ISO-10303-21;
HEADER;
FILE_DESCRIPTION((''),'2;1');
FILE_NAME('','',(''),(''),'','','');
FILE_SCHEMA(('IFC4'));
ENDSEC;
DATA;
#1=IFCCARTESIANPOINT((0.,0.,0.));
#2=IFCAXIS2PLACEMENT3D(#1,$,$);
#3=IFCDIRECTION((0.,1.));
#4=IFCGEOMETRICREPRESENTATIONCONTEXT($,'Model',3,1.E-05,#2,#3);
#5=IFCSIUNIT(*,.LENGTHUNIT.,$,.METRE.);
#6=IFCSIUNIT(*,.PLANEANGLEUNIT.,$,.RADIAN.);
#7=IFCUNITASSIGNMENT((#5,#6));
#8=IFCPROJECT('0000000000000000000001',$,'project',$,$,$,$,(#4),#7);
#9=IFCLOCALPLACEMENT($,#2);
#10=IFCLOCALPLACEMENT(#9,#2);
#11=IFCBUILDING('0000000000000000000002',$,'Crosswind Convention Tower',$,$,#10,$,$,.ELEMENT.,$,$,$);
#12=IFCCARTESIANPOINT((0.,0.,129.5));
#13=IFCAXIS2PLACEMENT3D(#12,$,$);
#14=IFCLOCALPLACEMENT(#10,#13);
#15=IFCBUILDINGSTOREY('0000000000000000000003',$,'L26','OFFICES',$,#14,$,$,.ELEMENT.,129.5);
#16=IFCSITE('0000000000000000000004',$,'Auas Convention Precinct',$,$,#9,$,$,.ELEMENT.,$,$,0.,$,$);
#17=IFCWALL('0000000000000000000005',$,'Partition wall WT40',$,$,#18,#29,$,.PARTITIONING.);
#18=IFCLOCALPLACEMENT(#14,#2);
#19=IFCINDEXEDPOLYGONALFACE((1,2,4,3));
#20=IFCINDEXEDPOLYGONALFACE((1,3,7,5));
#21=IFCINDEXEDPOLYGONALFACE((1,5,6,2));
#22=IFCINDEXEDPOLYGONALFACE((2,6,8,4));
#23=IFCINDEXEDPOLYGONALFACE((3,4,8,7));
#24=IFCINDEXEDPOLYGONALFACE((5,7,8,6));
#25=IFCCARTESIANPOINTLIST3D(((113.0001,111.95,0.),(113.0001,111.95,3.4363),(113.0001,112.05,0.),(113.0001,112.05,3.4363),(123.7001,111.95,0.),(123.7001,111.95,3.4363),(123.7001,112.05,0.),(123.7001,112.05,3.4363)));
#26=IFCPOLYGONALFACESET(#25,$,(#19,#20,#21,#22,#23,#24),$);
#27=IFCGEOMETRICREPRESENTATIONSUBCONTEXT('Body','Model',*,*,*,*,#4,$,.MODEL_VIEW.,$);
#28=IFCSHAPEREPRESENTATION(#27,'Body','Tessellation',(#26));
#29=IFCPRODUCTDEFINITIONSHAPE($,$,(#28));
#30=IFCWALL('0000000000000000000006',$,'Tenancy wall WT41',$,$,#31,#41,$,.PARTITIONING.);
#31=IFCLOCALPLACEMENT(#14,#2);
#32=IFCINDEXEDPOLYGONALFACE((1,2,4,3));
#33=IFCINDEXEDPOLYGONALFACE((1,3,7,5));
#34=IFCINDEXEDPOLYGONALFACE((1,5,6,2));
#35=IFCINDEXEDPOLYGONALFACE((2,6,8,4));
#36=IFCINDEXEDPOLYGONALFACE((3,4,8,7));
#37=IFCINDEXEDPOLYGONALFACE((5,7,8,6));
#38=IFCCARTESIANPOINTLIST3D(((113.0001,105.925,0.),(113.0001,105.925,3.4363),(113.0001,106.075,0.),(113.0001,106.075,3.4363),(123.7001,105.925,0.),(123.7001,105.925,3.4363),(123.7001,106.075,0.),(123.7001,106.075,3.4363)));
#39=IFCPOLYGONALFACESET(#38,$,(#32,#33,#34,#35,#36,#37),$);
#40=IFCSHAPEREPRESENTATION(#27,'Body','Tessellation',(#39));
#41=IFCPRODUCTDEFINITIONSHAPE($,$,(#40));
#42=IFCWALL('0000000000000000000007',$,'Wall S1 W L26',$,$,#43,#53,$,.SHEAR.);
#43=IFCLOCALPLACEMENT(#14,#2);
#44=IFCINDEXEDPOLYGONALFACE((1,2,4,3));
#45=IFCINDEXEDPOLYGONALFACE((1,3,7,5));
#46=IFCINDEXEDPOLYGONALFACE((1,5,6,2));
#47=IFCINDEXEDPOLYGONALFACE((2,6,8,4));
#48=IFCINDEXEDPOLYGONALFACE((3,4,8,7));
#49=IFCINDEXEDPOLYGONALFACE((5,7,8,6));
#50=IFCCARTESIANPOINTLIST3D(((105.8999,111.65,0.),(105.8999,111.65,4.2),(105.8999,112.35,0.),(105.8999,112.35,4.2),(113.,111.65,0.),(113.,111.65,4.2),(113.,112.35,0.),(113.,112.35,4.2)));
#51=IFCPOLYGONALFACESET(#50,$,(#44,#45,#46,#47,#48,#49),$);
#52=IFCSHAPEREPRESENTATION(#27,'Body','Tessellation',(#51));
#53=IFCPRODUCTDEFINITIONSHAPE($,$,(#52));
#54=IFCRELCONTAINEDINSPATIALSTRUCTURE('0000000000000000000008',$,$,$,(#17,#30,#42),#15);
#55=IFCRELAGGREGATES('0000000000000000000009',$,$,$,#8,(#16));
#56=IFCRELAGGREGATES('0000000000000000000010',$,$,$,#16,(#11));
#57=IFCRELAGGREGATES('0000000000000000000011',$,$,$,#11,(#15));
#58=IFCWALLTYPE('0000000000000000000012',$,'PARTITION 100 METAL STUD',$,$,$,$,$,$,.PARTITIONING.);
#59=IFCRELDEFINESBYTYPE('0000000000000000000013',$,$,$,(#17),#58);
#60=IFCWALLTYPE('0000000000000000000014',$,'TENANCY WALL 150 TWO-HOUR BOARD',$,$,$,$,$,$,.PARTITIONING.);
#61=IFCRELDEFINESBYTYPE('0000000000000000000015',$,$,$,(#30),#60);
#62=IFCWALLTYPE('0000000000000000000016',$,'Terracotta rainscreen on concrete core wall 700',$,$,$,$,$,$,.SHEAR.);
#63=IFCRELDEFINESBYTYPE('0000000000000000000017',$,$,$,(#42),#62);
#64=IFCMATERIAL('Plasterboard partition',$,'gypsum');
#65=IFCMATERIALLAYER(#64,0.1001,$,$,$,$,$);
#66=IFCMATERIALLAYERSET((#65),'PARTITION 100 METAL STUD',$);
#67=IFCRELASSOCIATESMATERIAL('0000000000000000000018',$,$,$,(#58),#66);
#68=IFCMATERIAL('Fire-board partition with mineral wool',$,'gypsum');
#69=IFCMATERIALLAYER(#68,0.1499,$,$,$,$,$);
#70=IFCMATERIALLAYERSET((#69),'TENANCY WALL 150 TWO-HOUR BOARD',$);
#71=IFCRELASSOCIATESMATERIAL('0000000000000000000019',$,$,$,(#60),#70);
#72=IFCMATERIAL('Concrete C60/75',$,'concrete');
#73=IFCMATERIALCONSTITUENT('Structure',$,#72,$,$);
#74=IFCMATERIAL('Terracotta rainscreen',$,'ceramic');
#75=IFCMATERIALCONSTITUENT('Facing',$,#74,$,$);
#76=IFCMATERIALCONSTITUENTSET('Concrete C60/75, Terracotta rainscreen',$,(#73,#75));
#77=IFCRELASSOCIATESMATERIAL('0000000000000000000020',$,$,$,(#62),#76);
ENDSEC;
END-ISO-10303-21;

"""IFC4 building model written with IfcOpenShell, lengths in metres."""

from ifc_helpers import new_model, si_unit, direction, frame, frame_2d, origin, place, context, subcontext, project, spatial, rectangle, extrude, material, layer, layer_set, constituent, constituent_set, type_object, element, save


model = new_model("IFC4")

# Units and contexts
model_context = context("Model", 3, precision=1e-05, world=origin(), true_north=direction((0.0, 1.0)))
body_context = subcontext(model_context, "Body", "Model", "MODEL_VIEW")
ifc_project = project(units=[si_unit("LENGTHUNIT", "METRE"), si_unit("PLANEANGLEUNIT", "RADIAN")], contexts=[model_context])

# Site, building, storey
site_placement = place(None, origin())
site = spatial("IfcSite", under=ifc_project, at=site_placement, Name="Auas Convention Precinct", CompositionType="ELEMENT", RefElevation=0.0)
building_placement = place(site_placement, origin())
building = spatial("IfcBuilding", under=site, at=building_placement, Name="Crosswind Convention Tower", CompositionType="ELEMENT")
storey_placement = place(building_placement, frame((0.0, 0.0, 129.5)))
storey = spatial("IfcBuildingStorey", under=building, at=storey_placement, Name="L26", Description="OFFICES", CompositionType="ELEMENT", Elevation=129.5)

# Walls
ifc_material_1 = material(Name="Plasterboard partition", Category="gypsum")
ifc_layer_1 = layer(ifc_material_1, 0.1001)
ifc_layer_set_1 = layer_set([ifc_layer_1], Name="PARTITION 100 METAL STUD")
wall_type_1 = type_object("IfcWallType", Name="PARTITION 100 METAL STUD", PredefinedType="PARTITIONING", material=ifc_layer_set_1)
wall_1_placement = place(storey_placement, frame((113.0, 112.0, 0.0), z_axis=(0.0, 0.0, 1.0), x_axis=(1.0, 0.0, 0.0)))
element("IfcWall", 1, at=wall_1_placement, inside=storey, type_object=wall_type_1, Name="Partition wall WT40", PredefinedType="PARTITIONING", context=body_context, shape_type="SweptSolid", body=[
    extrude(rectangle(XDim=10.7, YDim=0.1001, at=frame_2d((5.3501, 0.0))), origin(), (0.0, 0.0, 1.0), 3.4363),
])
ifc_material_2 = material(Name="Fire-board partition with mineral wool", Category="gypsum")
ifc_layer_2 = layer(ifc_material_2, 0.1499)
ifc_layer_set_2 = layer_set([ifc_layer_2], Name="TENANCY WALL 150 TWO-HOUR BOARD")
wall_type_2 = type_object("IfcWallType", Name="TENANCY WALL 150 TWO-HOUR BOARD", PredefinedType="PARTITIONING", material=ifc_layer_set_2)
wall_2_placement = place(storey_placement, frame((113.0, 106.0, 0.0), z_axis=(0.0, 0.0, 1.0), x_axis=(1.0, 0.0, 0.0)))
element("IfcWall", 2, at=wall_2_placement, inside=storey, type_object=wall_type_2, Name="Tenancy wall WT41", PredefinedType="PARTITIONING", context=body_context, shape_type="SweptSolid", body=[
    extrude(rectangle(XDim=10.7, YDim=0.1499, at=frame_2d((5.3501, 0.0))), origin(), (0.0, 0.0, 1.0), 3.4363),
])
ifc_material_3 = material(Name="Concrete C60/75", Category="concrete")
ifc_constituent_1 = constituent(ifc_material_3, Name="Structure")
ifc_material_4 = material(Name="Terracotta rainscreen", Category="ceramic")
ifc_constituent_2 = constituent(ifc_material_4, Name="Facing")
ifc_constituent_set = constituent_set(constituents=[ifc_constituent_1, ifc_constituent_2], Name="Concrete C60/75, Terracotta rainscreen")
wall_type_3 = type_object("IfcWallType", Name="Terracotta rainscreen on concrete core wall 700", PredefinedType="SHEAR", material=ifc_constituent_set)
wall_3_placement = place(storey_placement, frame((113.0, 112.0, 0.0), z_axis=(0.0, 0.0, 1.0), x_axis=(-1.0, 0.0, 0.0)))
element("IfcWall", 3, at=wall_3_placement, inside=storey, type_object=wall_type_3, Name="Wall S1 W L26", PredefinedType="SHEAR", context=body_context, shape_type="SweptSolid", body=[
    extrude(rectangle(XDim=7.1001, YDim=0.7, at=frame_2d((3.55, 0.0))), origin(), (0.0, 0.0, 1.0), 4.2),
])

save(model, "model.ifc")
